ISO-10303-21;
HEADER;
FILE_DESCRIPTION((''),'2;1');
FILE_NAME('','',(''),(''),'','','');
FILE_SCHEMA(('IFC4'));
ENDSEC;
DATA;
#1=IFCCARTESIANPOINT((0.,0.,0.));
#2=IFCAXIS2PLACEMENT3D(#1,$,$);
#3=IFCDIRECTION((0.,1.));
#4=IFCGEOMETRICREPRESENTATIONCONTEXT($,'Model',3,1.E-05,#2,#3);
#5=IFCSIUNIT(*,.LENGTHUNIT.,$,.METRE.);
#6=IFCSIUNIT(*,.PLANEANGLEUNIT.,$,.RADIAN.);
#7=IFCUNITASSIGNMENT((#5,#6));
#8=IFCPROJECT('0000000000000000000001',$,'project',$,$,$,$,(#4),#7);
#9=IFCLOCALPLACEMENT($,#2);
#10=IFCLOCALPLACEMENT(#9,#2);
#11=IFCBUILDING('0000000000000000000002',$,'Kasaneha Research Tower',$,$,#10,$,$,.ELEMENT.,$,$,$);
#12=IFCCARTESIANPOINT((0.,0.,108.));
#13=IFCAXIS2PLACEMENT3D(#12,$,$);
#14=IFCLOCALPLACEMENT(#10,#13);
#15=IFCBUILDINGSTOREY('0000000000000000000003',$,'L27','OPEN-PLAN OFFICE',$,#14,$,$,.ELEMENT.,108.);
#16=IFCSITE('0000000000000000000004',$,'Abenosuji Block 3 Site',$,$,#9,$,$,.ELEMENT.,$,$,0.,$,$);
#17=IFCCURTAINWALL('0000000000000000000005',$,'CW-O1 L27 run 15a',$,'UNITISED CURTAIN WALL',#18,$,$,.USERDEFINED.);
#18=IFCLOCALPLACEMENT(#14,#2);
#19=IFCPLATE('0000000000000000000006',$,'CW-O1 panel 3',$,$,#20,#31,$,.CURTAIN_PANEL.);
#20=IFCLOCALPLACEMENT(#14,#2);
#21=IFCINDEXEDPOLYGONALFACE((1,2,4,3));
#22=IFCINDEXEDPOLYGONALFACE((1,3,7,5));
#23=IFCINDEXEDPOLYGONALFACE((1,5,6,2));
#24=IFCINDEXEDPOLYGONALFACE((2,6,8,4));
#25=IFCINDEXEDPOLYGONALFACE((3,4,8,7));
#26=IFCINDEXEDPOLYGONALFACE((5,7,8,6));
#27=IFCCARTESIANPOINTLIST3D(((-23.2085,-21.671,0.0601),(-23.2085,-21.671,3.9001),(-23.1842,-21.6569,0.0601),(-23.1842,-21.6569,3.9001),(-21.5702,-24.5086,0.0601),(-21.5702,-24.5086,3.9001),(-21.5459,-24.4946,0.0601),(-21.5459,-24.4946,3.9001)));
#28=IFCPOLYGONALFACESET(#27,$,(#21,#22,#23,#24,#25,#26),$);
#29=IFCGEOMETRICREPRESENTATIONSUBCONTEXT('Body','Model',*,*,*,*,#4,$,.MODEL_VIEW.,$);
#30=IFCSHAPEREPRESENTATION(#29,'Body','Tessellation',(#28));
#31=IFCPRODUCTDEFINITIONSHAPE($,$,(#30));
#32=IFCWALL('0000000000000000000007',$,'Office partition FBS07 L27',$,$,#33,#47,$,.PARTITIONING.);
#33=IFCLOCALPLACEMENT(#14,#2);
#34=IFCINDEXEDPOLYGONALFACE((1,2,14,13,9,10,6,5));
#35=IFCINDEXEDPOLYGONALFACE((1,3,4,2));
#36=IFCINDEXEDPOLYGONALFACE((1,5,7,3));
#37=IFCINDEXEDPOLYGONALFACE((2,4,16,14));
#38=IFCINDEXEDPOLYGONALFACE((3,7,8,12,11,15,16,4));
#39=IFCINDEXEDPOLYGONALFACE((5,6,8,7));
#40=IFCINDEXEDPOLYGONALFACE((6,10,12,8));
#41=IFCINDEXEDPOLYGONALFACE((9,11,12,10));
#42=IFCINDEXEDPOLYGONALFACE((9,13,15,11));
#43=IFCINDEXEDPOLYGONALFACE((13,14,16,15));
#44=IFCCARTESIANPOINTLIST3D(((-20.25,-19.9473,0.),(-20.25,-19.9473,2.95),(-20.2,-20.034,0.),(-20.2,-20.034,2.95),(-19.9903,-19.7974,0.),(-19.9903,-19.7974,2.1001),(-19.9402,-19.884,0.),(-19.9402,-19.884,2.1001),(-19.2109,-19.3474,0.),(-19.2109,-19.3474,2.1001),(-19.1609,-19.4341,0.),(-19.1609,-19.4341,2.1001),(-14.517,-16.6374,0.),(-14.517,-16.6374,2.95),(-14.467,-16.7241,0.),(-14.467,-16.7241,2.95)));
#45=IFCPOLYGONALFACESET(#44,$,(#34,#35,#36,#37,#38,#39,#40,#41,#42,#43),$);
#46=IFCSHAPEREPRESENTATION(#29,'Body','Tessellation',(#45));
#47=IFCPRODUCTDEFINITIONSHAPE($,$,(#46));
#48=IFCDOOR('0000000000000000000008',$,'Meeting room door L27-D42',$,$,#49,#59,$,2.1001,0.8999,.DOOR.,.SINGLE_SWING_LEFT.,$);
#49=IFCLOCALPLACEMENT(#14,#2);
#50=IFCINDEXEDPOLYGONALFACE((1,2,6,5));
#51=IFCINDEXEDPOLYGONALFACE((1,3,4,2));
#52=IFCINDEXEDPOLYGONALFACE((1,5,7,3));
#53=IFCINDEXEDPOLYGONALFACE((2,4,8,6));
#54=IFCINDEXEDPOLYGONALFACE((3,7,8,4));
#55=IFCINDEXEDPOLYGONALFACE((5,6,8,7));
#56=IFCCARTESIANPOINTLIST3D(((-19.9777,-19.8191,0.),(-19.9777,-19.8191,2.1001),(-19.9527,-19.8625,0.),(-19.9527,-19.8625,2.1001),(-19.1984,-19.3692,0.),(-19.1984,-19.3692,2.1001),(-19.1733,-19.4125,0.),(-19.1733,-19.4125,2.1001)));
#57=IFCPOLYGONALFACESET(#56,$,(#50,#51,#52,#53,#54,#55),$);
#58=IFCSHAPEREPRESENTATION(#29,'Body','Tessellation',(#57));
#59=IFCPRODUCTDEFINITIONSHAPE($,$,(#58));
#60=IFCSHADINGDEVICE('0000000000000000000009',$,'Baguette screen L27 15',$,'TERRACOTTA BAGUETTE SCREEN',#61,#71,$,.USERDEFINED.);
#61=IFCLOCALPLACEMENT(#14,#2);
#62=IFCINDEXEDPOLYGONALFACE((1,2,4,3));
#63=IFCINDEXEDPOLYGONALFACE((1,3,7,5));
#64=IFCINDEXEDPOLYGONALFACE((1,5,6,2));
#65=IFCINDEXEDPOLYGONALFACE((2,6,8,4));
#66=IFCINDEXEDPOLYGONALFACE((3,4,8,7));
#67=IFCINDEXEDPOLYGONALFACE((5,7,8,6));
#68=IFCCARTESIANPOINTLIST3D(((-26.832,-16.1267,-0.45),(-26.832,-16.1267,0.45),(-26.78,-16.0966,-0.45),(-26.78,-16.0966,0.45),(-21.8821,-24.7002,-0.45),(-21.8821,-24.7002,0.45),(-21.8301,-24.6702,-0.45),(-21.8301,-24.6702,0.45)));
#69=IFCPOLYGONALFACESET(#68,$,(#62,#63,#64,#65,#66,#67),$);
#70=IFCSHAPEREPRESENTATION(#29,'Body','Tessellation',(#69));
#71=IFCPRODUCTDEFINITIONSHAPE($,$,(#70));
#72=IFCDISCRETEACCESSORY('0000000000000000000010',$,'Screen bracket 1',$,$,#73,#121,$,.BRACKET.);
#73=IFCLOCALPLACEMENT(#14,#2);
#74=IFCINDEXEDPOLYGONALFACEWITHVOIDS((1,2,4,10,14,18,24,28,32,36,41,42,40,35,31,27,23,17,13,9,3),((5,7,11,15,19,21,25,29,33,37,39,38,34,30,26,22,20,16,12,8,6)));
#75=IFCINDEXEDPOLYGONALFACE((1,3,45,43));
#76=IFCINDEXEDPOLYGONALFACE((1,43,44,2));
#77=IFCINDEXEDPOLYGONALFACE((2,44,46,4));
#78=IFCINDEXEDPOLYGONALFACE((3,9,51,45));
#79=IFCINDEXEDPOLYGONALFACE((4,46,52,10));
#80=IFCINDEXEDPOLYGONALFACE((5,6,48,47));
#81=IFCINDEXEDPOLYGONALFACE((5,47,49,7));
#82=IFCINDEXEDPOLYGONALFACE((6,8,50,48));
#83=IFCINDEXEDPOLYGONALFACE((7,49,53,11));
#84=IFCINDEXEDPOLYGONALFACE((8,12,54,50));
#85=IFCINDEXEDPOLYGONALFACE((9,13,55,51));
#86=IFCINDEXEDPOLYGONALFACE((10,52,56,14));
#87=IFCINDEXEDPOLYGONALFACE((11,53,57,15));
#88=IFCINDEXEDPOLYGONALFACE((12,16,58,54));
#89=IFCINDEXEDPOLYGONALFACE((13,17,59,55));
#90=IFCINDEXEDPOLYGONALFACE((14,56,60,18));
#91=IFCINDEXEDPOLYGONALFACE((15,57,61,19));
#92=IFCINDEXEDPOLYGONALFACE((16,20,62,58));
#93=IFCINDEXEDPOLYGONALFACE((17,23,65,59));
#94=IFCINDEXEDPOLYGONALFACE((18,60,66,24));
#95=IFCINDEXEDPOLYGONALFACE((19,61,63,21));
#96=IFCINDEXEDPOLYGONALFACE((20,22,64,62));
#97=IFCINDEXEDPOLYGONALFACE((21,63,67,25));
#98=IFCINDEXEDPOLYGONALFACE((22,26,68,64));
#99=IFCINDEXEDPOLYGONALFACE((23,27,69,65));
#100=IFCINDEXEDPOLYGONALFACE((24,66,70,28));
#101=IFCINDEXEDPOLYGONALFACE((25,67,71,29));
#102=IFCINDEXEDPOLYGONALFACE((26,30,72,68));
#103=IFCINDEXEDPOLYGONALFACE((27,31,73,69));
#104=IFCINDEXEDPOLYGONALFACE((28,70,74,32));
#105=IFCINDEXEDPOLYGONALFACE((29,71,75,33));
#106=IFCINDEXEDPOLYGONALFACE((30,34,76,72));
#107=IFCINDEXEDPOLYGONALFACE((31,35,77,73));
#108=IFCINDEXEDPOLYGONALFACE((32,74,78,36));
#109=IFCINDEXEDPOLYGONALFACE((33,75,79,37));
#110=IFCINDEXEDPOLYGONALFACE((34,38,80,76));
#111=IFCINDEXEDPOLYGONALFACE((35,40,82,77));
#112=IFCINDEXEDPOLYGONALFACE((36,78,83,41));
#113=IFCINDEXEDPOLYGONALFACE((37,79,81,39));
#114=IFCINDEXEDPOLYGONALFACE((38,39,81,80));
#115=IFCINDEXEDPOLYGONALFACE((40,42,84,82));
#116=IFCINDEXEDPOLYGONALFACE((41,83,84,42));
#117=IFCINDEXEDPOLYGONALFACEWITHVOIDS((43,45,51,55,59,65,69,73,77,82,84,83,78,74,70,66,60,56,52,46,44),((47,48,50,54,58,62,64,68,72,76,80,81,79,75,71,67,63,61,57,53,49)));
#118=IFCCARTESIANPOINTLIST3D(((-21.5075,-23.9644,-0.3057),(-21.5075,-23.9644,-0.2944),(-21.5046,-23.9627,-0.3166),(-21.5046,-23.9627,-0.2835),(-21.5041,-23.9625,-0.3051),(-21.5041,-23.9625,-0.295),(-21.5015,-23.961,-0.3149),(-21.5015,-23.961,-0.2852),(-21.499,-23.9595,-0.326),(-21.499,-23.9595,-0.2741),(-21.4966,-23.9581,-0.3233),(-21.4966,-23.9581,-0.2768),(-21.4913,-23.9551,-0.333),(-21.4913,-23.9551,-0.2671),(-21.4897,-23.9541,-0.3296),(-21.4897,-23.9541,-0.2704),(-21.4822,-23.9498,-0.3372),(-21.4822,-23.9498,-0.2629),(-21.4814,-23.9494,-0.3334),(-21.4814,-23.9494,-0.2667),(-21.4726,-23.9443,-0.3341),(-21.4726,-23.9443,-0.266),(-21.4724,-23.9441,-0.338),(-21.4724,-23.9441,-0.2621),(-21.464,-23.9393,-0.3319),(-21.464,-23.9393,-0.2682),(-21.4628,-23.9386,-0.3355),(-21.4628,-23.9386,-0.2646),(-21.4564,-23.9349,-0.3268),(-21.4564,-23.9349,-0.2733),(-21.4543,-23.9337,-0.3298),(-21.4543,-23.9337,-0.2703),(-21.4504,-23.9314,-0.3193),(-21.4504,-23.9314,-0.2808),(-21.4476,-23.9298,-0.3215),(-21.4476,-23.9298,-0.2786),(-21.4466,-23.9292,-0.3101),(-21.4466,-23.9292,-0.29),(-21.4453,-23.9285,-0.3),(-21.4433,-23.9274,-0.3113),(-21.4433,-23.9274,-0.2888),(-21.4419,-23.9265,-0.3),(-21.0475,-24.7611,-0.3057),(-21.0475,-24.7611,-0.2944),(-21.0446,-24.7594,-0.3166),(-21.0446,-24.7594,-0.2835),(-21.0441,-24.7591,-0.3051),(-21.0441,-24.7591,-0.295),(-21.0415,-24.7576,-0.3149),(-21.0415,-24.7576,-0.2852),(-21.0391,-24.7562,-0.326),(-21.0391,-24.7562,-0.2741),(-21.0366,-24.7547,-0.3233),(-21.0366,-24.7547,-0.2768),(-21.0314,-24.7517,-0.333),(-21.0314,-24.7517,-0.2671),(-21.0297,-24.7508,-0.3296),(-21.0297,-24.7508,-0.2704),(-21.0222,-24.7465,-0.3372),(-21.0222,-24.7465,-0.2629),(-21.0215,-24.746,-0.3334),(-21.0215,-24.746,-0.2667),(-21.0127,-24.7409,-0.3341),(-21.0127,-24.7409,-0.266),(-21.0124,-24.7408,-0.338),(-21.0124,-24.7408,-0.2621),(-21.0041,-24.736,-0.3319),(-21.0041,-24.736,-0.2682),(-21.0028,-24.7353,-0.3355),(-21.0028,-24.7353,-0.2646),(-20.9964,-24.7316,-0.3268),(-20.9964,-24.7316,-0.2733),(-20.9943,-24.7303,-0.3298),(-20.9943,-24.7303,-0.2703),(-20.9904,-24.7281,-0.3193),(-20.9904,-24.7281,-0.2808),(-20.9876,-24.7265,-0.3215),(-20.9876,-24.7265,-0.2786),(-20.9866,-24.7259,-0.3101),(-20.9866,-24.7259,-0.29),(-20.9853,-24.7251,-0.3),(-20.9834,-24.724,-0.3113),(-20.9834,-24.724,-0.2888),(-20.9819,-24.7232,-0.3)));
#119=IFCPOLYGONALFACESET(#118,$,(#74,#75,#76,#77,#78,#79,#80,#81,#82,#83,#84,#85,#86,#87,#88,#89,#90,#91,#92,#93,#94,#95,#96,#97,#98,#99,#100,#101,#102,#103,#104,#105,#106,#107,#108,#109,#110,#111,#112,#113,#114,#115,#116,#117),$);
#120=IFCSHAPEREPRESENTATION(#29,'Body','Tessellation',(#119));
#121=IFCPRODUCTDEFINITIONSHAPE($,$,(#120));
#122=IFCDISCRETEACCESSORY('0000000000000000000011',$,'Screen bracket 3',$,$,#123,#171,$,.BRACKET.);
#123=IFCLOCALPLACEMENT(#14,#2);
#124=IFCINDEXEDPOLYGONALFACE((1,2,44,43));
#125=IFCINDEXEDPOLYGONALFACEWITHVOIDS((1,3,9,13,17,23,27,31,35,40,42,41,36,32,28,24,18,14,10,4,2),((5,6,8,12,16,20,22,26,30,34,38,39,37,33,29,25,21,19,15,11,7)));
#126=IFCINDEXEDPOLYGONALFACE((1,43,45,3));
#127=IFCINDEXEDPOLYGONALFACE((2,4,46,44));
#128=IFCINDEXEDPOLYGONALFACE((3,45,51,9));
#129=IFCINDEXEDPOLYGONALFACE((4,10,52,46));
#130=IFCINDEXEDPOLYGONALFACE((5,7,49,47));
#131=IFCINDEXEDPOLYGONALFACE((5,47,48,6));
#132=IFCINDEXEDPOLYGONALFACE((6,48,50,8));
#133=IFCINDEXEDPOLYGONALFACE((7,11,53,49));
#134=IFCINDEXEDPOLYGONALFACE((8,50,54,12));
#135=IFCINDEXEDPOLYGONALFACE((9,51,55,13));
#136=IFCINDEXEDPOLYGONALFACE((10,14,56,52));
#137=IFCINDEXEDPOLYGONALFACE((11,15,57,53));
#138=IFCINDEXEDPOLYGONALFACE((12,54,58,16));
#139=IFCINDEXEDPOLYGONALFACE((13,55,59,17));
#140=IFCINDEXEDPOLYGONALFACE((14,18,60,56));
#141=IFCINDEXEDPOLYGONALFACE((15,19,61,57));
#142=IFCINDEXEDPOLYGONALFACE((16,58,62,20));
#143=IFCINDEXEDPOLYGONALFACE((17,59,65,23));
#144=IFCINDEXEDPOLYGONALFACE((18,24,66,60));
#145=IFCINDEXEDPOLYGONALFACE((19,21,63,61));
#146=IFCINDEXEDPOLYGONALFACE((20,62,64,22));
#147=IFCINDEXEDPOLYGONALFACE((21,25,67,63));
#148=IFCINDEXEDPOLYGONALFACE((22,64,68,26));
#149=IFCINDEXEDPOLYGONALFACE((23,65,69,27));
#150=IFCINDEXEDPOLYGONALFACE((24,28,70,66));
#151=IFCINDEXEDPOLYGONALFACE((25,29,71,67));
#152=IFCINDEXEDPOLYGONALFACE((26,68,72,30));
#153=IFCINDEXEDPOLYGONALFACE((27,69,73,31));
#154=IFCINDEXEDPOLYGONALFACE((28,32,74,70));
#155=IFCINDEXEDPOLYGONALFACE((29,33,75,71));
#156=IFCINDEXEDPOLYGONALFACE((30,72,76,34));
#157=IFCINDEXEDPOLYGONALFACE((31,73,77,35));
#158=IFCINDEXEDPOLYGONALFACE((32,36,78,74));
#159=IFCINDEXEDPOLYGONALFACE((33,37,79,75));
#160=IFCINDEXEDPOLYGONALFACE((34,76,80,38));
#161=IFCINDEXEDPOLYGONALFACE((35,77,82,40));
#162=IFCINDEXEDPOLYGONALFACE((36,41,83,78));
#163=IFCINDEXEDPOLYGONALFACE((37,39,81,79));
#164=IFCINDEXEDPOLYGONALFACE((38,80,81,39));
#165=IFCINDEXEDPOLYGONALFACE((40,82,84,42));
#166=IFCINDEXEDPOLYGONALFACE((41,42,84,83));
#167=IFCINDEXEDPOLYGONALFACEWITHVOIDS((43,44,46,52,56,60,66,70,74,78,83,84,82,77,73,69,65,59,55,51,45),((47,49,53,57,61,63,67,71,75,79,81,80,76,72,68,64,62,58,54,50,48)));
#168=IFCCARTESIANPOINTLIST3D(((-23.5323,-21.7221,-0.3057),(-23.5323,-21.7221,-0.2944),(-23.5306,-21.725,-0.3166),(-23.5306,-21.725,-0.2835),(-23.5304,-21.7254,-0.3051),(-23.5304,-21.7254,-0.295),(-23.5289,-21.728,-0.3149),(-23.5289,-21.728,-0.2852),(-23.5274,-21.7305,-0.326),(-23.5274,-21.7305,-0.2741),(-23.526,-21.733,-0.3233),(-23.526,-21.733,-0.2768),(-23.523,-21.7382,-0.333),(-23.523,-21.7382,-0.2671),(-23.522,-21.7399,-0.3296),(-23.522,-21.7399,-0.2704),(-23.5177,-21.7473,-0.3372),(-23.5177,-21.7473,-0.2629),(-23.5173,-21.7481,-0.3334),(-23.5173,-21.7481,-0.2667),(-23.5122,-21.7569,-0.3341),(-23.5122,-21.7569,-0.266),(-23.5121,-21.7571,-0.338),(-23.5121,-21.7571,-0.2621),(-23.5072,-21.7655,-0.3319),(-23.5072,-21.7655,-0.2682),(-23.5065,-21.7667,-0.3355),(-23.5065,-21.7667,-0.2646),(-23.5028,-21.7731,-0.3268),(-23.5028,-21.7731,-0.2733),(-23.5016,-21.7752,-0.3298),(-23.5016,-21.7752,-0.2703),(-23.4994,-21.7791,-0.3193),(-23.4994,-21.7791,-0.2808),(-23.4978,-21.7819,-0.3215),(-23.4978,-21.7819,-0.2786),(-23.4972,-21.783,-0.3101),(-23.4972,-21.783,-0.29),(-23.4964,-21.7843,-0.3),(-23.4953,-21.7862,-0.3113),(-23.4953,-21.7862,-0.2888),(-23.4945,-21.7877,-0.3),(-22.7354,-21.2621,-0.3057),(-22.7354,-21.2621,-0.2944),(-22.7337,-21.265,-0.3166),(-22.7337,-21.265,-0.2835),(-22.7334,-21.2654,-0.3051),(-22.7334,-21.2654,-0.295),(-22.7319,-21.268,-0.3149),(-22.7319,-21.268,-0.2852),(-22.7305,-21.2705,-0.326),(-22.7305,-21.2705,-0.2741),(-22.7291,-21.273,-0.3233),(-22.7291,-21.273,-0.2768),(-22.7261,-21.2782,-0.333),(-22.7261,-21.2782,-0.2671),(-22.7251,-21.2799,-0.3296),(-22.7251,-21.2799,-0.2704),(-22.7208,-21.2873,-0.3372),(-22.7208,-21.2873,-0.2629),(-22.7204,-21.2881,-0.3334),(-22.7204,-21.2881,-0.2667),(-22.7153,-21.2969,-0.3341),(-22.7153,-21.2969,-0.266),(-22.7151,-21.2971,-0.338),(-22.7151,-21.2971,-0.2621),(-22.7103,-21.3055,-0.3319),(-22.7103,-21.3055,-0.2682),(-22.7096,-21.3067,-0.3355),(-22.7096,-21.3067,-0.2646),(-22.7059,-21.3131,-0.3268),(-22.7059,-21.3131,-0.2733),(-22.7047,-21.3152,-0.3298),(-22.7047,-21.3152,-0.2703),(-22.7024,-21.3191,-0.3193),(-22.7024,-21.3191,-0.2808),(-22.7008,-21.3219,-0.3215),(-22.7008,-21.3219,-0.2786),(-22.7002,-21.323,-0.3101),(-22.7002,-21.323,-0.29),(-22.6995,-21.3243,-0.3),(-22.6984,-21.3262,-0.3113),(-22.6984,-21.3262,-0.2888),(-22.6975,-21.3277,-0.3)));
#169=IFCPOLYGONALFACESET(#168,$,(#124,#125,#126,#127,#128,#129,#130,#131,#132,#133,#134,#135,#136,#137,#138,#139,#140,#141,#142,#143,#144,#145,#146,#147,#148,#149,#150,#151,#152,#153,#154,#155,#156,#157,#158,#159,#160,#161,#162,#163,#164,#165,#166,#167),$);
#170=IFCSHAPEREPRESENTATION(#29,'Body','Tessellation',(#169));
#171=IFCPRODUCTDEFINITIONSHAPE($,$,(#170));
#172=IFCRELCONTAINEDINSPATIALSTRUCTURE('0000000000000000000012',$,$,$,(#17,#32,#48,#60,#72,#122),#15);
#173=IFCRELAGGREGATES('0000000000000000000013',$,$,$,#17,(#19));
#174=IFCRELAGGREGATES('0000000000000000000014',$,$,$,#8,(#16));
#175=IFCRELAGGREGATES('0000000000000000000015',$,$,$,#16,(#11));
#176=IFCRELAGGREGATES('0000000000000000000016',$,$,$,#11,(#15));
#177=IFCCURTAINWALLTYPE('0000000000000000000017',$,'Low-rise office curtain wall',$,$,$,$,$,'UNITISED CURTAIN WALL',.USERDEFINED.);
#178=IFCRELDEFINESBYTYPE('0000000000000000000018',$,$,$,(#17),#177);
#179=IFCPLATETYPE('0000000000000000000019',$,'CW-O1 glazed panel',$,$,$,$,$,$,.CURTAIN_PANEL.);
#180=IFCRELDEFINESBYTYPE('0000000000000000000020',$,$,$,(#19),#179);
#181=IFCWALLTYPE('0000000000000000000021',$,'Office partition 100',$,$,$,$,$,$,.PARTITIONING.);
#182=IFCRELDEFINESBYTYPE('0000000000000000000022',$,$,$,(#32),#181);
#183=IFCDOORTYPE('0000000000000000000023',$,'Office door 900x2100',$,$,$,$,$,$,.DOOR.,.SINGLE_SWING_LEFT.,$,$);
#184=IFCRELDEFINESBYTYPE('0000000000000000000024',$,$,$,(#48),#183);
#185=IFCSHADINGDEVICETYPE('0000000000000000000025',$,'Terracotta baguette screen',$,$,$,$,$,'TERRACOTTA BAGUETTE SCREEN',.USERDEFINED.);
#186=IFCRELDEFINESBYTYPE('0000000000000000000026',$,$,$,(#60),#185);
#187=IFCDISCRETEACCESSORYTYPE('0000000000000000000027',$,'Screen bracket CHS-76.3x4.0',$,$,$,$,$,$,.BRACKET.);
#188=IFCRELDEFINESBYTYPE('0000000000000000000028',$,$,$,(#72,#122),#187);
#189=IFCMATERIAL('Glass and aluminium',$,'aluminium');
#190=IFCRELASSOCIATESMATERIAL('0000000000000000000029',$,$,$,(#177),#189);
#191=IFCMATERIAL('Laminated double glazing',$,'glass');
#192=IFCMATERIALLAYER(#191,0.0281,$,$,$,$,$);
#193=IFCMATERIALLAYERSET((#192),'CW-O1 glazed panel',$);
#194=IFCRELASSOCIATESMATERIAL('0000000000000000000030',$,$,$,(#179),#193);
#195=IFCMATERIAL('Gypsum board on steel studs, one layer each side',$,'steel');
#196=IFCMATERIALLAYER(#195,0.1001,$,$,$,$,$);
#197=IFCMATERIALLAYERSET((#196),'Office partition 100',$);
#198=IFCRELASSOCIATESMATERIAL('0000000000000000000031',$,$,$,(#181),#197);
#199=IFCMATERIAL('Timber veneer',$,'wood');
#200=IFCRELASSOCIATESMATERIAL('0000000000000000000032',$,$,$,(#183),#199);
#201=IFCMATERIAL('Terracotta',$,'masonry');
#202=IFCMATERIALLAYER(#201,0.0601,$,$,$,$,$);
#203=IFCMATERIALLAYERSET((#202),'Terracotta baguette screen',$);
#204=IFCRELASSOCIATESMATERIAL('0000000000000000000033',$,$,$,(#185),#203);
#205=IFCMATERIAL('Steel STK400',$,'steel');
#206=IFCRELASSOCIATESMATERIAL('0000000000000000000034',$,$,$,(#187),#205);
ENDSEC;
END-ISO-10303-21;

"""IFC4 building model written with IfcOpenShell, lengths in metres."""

from ifc_helpers import new_model, si_unit, direction, frame, frame_2d, origin, origin_2d, place, context, subcontext, project, spatial, rectangle, hollow_circle, extrude, material, layer, layer_set, material_profile, profile_set, type_object, element, fill, aggregate, save


model = new_model("IFC4")

# Units and contexts
model_context = context("Model", 3, precision=1e-05, world=origin(), true_north=direction((0.0, 1.0)))
body_context = subcontext(model_context, "Body", "Model", "MODEL_VIEW")
ifc_project = project(units=[si_unit("LENGTHUNIT", "METRE"), si_unit("PLANEANGLEUNIT", "RADIAN")], contexts=[model_context])

# Site, building, storey
site_placement = place(None, origin())
site = spatial("IfcSite", under=ifc_project, at=site_placement, Name="Abenosuji Block 3 Site", CompositionType="ELEMENT", RefElevation=0.0)
building_placement = place(site_placement, origin())
building = spatial("IfcBuilding", under=site, at=building_placement, Name="Kasaneha Research Tower", CompositionType="ELEMENT")
storey_placement = place(building_placement, frame((0.0, 0.0, 108.0)))
storey = spatial("IfcBuildingStorey", under=building, at=storey_placement, Name="L27", Description="OPEN-PLAN OFFICE", CompositionType="ELEMENT", Elevation=108.0)

# Shared definitions
ifc_material_1 = material(Name="Glass and aluminium", Category="aluminium")
curtain_wall_type = type_object("IfcCurtainWallType", Name="Low-rise office curtain wall", ElementType="UNITISED CURTAIN WALL", PredefinedType="USERDEFINED", material=ifc_material_1)

# Curtain wall
curtain_wall_1_placement = place(storey_placement, origin())
curtain_wall_1 = element("IfcCurtainWall", 1, at=curtain_wall_1_placement, inside=storey, type_object=curtain_wall_type, Name="CW-O1 L27 run 15a", ObjectType="UNITISED CURTAIN WALL", PredefinedType="USERDEFINED")

# Plate
ifc_material_2 = material(Name="Laminated double glazing", Category="glass")
ifc_layer_1 = layer(ifc_material_2, 0.0281)
ifc_layer_set_1 = layer_set([ifc_layer_1], Name="CW-O1 glazed panel")
plate_type = type_object("IfcPlateType", Name="CW-O1 glazed panel", PredefinedType="CURTAIN_PANEL", material=ifc_layer_set_1)
plate_1_placement = place(storey_placement, frame((-22.3772, -23.0828, 0.0601), z_axis=(0.0, 0.0, 1.0), x_axis=(0.5, -0.866025, 0.0)))
plate_1 = element("IfcPlate", 2, at=plate_1_placement, type_object=plate_type, Name="CW-O1 panel 3", PredefinedType="CURTAIN_PANEL", context=body_context, shape_type="SweptSolid", body=[
    extrude(rectangle(XDim=3.2766, YDim=0.0281, at=origin_2d()), origin(), (0.0, 0.0, 1.0), 3.8401),
])
aggregate(curtain_wall_1, [plate_1])

# Wall, opening, door
ifc_material_3 = material(Name="Gypsum board on steel studs, one layer each side", Category="steel")
ifc_layer_2 = layer(ifc_material_3, 0.1001)
ifc_layer_set_2 = layer_set([ifc_layer_2], Name="Office partition 100")
wall_type = type_object("IfcWallType", Name="Office partition 100", PredefinedType="PARTITIONING", material=ifc_layer_set_2)
wall_placement = place(storey_placement, frame((-20.2251, -19.9907, 0.0), z_axis=(0.0, 0.0, 1.0), x_axis=(0.866031, 0.499991, 0.0)))
wall = element("IfcWall", 3, at=wall_placement, inside=storey, type_object=wall_type, Name="Office partition FBS07 L27", PredefinedType="PARTITIONING", context=body_context, shape_type="SweptSolid", body=[
    extrude(rectangle(XDim=6.6199, YDim=0.1001, at=frame_2d((3.3101, 0.0))), origin(), (0.0, 0.0, 1.0), 2.95),
])
opening_placement = place(wall_placement, frame((0.3, 0.0, 0.0)))
opening = element("IfcOpeningElement", 4, at=opening_placement, cuts=wall, PredefinedType="OPENING", context=body_context, shape_type="SweptSolid", body=[
    extrude(rectangle(XDim=0.8999, YDim=2.1001, at=frame_2d((0.45, 1.05))), frame((0.0, 0.0601, 0.0), z_axis=(0.0, -1.0, 0.0), x_axis=(1.0, 0.0, 0.0)), (0.0, 0.0, 1.0), 0.1201),
])
ifc_material_4 = material(Name="Timber veneer", Category="wood")
door_type = type_object("IfcDoorType", Name="Office door 900x2100", OperationType="SINGLE_SWING_LEFT", PredefinedType="DOOR", material=ifc_material_4)
door_placement = place(opening_placement, origin())
door = element("IfcDoor", 5, at=door_placement, inside=storey, type_object=door_type, Name="Meeting room door L27-D42", OperationType="SINGLE_SWING_LEFT", OverallHeight=2.1001, OverallWidth=0.8999, PredefinedType="DOOR", context=body_context, shape_type="SweptSolid", body=[
    extrude(rectangle(XDim=0.8999, YDim=2.1001, at=frame_2d((0.45, 1.05))), frame((0.0, 0.0249, 0.0), z_axis=(0.0, -1.0, 0.0), x_axis=(1.0, 0.0, 0.0)), (0.0, 0.0, 1.0), 0.05),
])
fill(opening, door)

# Shading device
ifc_material_5 = material(Name="Terracotta", Category="masonry")
ifc_layer_3 = layer(ifc_material_5, 0.0601)
ifc_layer_set_3 = layer_set([ifc_layer_3], Name="Terracotta baguette screen")
shading_device_type = type_object("IfcShadingDeviceType", Name="Terracotta baguette screen", ElementType="TERRACOTTA BAGUETTE SCREEN", PredefinedType="USERDEFINED", material=ifc_layer_set_3)
shading_device_placement = place(storey_placement, frame((-24.3311, -20.3984, -0.45), z_axis=(0.0, 0.0, 1.0), x_axis=(0.5, -0.866025, 0.0)))
element("IfcShadingDevice", 6, at=shading_device_placement, inside=storey, type_object=shading_device_type, Name="Baguette screen L27 15", ObjectType="TERRACOTTA BAGUETTE SCREEN", PredefinedType="USERDEFINED", context=body_context, shape_type="SweptSolid", body=[
    extrude(rectangle(XDim=9.8999, YDim=0.0601, at=origin_2d()), origin(), (0.0, 0.0, 1.0), 0.8999),
])

# Discrete accessories
ifc_material_6 = material(Name="Steel STK400", Category="steel")
ifc_material_profile_1 = material_profile(ifc_material_6, hollow_circle(Radius=0.0381, WallThickness=0.0039, at=origin_2d()), Name="CHS-76.3x4.0")
ifc_profile_set_1 = profile_set([ifc_material_profile_1], Name="Steel STK400")
discrete_accessory_type = type_object("IfcDiscreteAccessoryType", Name="Screen bracket CHS-76.3x4.0", PredefinedType="BRACKET", material=ifc_profile_set_1)
discrete_accessory_placement = place(storey_placement, frame((-21.4749, -23.9456, -0.3), z_axis=(0.500021, -0.866013, 0.0), x_axis=(0.866013, 0.500021, 0.0)))
element("IfcDiscreteAccessory", 7, at=discrete_accessory_placement, inside=storey, type_object=discrete_accessory_type, Name="Screen bracket 1", PredefinedType="BRACKET", context=body_context, shape_type="SweptSolid", body=[
    extrude(hollow_circle(Radius=0.0381, WallThickness=0.0039, at=origin_2d()), origin(), (0.0, 0.0, 1.0), 0.9199),
])
for number, where, z_axis, x_axis, name in (
    (8, (-22.7166, -21.2947, -0.3), (-0.86608, -0.499906, 0.0), (0.499906, -0.86608, 0.0), "Screen bracket 3"),
):
    element("IfcDiscreteAccessory", number, at=place(storey_placement, frame(where, z_axis=z_axis, x_axis=x_axis)), inside=storey, type_object=discrete_accessory_type, Name=name, PredefinedType="BRACKET", context=body_context, shape_type="SweptSolid", body=[
        extrude(hollow_circle(Radius=0.0381, WallThickness=0.0039, at=origin_2d()), origin(), (0.0, 0.0, 1.0), 0.9202),
    ])

save(model, "model.ifc")
